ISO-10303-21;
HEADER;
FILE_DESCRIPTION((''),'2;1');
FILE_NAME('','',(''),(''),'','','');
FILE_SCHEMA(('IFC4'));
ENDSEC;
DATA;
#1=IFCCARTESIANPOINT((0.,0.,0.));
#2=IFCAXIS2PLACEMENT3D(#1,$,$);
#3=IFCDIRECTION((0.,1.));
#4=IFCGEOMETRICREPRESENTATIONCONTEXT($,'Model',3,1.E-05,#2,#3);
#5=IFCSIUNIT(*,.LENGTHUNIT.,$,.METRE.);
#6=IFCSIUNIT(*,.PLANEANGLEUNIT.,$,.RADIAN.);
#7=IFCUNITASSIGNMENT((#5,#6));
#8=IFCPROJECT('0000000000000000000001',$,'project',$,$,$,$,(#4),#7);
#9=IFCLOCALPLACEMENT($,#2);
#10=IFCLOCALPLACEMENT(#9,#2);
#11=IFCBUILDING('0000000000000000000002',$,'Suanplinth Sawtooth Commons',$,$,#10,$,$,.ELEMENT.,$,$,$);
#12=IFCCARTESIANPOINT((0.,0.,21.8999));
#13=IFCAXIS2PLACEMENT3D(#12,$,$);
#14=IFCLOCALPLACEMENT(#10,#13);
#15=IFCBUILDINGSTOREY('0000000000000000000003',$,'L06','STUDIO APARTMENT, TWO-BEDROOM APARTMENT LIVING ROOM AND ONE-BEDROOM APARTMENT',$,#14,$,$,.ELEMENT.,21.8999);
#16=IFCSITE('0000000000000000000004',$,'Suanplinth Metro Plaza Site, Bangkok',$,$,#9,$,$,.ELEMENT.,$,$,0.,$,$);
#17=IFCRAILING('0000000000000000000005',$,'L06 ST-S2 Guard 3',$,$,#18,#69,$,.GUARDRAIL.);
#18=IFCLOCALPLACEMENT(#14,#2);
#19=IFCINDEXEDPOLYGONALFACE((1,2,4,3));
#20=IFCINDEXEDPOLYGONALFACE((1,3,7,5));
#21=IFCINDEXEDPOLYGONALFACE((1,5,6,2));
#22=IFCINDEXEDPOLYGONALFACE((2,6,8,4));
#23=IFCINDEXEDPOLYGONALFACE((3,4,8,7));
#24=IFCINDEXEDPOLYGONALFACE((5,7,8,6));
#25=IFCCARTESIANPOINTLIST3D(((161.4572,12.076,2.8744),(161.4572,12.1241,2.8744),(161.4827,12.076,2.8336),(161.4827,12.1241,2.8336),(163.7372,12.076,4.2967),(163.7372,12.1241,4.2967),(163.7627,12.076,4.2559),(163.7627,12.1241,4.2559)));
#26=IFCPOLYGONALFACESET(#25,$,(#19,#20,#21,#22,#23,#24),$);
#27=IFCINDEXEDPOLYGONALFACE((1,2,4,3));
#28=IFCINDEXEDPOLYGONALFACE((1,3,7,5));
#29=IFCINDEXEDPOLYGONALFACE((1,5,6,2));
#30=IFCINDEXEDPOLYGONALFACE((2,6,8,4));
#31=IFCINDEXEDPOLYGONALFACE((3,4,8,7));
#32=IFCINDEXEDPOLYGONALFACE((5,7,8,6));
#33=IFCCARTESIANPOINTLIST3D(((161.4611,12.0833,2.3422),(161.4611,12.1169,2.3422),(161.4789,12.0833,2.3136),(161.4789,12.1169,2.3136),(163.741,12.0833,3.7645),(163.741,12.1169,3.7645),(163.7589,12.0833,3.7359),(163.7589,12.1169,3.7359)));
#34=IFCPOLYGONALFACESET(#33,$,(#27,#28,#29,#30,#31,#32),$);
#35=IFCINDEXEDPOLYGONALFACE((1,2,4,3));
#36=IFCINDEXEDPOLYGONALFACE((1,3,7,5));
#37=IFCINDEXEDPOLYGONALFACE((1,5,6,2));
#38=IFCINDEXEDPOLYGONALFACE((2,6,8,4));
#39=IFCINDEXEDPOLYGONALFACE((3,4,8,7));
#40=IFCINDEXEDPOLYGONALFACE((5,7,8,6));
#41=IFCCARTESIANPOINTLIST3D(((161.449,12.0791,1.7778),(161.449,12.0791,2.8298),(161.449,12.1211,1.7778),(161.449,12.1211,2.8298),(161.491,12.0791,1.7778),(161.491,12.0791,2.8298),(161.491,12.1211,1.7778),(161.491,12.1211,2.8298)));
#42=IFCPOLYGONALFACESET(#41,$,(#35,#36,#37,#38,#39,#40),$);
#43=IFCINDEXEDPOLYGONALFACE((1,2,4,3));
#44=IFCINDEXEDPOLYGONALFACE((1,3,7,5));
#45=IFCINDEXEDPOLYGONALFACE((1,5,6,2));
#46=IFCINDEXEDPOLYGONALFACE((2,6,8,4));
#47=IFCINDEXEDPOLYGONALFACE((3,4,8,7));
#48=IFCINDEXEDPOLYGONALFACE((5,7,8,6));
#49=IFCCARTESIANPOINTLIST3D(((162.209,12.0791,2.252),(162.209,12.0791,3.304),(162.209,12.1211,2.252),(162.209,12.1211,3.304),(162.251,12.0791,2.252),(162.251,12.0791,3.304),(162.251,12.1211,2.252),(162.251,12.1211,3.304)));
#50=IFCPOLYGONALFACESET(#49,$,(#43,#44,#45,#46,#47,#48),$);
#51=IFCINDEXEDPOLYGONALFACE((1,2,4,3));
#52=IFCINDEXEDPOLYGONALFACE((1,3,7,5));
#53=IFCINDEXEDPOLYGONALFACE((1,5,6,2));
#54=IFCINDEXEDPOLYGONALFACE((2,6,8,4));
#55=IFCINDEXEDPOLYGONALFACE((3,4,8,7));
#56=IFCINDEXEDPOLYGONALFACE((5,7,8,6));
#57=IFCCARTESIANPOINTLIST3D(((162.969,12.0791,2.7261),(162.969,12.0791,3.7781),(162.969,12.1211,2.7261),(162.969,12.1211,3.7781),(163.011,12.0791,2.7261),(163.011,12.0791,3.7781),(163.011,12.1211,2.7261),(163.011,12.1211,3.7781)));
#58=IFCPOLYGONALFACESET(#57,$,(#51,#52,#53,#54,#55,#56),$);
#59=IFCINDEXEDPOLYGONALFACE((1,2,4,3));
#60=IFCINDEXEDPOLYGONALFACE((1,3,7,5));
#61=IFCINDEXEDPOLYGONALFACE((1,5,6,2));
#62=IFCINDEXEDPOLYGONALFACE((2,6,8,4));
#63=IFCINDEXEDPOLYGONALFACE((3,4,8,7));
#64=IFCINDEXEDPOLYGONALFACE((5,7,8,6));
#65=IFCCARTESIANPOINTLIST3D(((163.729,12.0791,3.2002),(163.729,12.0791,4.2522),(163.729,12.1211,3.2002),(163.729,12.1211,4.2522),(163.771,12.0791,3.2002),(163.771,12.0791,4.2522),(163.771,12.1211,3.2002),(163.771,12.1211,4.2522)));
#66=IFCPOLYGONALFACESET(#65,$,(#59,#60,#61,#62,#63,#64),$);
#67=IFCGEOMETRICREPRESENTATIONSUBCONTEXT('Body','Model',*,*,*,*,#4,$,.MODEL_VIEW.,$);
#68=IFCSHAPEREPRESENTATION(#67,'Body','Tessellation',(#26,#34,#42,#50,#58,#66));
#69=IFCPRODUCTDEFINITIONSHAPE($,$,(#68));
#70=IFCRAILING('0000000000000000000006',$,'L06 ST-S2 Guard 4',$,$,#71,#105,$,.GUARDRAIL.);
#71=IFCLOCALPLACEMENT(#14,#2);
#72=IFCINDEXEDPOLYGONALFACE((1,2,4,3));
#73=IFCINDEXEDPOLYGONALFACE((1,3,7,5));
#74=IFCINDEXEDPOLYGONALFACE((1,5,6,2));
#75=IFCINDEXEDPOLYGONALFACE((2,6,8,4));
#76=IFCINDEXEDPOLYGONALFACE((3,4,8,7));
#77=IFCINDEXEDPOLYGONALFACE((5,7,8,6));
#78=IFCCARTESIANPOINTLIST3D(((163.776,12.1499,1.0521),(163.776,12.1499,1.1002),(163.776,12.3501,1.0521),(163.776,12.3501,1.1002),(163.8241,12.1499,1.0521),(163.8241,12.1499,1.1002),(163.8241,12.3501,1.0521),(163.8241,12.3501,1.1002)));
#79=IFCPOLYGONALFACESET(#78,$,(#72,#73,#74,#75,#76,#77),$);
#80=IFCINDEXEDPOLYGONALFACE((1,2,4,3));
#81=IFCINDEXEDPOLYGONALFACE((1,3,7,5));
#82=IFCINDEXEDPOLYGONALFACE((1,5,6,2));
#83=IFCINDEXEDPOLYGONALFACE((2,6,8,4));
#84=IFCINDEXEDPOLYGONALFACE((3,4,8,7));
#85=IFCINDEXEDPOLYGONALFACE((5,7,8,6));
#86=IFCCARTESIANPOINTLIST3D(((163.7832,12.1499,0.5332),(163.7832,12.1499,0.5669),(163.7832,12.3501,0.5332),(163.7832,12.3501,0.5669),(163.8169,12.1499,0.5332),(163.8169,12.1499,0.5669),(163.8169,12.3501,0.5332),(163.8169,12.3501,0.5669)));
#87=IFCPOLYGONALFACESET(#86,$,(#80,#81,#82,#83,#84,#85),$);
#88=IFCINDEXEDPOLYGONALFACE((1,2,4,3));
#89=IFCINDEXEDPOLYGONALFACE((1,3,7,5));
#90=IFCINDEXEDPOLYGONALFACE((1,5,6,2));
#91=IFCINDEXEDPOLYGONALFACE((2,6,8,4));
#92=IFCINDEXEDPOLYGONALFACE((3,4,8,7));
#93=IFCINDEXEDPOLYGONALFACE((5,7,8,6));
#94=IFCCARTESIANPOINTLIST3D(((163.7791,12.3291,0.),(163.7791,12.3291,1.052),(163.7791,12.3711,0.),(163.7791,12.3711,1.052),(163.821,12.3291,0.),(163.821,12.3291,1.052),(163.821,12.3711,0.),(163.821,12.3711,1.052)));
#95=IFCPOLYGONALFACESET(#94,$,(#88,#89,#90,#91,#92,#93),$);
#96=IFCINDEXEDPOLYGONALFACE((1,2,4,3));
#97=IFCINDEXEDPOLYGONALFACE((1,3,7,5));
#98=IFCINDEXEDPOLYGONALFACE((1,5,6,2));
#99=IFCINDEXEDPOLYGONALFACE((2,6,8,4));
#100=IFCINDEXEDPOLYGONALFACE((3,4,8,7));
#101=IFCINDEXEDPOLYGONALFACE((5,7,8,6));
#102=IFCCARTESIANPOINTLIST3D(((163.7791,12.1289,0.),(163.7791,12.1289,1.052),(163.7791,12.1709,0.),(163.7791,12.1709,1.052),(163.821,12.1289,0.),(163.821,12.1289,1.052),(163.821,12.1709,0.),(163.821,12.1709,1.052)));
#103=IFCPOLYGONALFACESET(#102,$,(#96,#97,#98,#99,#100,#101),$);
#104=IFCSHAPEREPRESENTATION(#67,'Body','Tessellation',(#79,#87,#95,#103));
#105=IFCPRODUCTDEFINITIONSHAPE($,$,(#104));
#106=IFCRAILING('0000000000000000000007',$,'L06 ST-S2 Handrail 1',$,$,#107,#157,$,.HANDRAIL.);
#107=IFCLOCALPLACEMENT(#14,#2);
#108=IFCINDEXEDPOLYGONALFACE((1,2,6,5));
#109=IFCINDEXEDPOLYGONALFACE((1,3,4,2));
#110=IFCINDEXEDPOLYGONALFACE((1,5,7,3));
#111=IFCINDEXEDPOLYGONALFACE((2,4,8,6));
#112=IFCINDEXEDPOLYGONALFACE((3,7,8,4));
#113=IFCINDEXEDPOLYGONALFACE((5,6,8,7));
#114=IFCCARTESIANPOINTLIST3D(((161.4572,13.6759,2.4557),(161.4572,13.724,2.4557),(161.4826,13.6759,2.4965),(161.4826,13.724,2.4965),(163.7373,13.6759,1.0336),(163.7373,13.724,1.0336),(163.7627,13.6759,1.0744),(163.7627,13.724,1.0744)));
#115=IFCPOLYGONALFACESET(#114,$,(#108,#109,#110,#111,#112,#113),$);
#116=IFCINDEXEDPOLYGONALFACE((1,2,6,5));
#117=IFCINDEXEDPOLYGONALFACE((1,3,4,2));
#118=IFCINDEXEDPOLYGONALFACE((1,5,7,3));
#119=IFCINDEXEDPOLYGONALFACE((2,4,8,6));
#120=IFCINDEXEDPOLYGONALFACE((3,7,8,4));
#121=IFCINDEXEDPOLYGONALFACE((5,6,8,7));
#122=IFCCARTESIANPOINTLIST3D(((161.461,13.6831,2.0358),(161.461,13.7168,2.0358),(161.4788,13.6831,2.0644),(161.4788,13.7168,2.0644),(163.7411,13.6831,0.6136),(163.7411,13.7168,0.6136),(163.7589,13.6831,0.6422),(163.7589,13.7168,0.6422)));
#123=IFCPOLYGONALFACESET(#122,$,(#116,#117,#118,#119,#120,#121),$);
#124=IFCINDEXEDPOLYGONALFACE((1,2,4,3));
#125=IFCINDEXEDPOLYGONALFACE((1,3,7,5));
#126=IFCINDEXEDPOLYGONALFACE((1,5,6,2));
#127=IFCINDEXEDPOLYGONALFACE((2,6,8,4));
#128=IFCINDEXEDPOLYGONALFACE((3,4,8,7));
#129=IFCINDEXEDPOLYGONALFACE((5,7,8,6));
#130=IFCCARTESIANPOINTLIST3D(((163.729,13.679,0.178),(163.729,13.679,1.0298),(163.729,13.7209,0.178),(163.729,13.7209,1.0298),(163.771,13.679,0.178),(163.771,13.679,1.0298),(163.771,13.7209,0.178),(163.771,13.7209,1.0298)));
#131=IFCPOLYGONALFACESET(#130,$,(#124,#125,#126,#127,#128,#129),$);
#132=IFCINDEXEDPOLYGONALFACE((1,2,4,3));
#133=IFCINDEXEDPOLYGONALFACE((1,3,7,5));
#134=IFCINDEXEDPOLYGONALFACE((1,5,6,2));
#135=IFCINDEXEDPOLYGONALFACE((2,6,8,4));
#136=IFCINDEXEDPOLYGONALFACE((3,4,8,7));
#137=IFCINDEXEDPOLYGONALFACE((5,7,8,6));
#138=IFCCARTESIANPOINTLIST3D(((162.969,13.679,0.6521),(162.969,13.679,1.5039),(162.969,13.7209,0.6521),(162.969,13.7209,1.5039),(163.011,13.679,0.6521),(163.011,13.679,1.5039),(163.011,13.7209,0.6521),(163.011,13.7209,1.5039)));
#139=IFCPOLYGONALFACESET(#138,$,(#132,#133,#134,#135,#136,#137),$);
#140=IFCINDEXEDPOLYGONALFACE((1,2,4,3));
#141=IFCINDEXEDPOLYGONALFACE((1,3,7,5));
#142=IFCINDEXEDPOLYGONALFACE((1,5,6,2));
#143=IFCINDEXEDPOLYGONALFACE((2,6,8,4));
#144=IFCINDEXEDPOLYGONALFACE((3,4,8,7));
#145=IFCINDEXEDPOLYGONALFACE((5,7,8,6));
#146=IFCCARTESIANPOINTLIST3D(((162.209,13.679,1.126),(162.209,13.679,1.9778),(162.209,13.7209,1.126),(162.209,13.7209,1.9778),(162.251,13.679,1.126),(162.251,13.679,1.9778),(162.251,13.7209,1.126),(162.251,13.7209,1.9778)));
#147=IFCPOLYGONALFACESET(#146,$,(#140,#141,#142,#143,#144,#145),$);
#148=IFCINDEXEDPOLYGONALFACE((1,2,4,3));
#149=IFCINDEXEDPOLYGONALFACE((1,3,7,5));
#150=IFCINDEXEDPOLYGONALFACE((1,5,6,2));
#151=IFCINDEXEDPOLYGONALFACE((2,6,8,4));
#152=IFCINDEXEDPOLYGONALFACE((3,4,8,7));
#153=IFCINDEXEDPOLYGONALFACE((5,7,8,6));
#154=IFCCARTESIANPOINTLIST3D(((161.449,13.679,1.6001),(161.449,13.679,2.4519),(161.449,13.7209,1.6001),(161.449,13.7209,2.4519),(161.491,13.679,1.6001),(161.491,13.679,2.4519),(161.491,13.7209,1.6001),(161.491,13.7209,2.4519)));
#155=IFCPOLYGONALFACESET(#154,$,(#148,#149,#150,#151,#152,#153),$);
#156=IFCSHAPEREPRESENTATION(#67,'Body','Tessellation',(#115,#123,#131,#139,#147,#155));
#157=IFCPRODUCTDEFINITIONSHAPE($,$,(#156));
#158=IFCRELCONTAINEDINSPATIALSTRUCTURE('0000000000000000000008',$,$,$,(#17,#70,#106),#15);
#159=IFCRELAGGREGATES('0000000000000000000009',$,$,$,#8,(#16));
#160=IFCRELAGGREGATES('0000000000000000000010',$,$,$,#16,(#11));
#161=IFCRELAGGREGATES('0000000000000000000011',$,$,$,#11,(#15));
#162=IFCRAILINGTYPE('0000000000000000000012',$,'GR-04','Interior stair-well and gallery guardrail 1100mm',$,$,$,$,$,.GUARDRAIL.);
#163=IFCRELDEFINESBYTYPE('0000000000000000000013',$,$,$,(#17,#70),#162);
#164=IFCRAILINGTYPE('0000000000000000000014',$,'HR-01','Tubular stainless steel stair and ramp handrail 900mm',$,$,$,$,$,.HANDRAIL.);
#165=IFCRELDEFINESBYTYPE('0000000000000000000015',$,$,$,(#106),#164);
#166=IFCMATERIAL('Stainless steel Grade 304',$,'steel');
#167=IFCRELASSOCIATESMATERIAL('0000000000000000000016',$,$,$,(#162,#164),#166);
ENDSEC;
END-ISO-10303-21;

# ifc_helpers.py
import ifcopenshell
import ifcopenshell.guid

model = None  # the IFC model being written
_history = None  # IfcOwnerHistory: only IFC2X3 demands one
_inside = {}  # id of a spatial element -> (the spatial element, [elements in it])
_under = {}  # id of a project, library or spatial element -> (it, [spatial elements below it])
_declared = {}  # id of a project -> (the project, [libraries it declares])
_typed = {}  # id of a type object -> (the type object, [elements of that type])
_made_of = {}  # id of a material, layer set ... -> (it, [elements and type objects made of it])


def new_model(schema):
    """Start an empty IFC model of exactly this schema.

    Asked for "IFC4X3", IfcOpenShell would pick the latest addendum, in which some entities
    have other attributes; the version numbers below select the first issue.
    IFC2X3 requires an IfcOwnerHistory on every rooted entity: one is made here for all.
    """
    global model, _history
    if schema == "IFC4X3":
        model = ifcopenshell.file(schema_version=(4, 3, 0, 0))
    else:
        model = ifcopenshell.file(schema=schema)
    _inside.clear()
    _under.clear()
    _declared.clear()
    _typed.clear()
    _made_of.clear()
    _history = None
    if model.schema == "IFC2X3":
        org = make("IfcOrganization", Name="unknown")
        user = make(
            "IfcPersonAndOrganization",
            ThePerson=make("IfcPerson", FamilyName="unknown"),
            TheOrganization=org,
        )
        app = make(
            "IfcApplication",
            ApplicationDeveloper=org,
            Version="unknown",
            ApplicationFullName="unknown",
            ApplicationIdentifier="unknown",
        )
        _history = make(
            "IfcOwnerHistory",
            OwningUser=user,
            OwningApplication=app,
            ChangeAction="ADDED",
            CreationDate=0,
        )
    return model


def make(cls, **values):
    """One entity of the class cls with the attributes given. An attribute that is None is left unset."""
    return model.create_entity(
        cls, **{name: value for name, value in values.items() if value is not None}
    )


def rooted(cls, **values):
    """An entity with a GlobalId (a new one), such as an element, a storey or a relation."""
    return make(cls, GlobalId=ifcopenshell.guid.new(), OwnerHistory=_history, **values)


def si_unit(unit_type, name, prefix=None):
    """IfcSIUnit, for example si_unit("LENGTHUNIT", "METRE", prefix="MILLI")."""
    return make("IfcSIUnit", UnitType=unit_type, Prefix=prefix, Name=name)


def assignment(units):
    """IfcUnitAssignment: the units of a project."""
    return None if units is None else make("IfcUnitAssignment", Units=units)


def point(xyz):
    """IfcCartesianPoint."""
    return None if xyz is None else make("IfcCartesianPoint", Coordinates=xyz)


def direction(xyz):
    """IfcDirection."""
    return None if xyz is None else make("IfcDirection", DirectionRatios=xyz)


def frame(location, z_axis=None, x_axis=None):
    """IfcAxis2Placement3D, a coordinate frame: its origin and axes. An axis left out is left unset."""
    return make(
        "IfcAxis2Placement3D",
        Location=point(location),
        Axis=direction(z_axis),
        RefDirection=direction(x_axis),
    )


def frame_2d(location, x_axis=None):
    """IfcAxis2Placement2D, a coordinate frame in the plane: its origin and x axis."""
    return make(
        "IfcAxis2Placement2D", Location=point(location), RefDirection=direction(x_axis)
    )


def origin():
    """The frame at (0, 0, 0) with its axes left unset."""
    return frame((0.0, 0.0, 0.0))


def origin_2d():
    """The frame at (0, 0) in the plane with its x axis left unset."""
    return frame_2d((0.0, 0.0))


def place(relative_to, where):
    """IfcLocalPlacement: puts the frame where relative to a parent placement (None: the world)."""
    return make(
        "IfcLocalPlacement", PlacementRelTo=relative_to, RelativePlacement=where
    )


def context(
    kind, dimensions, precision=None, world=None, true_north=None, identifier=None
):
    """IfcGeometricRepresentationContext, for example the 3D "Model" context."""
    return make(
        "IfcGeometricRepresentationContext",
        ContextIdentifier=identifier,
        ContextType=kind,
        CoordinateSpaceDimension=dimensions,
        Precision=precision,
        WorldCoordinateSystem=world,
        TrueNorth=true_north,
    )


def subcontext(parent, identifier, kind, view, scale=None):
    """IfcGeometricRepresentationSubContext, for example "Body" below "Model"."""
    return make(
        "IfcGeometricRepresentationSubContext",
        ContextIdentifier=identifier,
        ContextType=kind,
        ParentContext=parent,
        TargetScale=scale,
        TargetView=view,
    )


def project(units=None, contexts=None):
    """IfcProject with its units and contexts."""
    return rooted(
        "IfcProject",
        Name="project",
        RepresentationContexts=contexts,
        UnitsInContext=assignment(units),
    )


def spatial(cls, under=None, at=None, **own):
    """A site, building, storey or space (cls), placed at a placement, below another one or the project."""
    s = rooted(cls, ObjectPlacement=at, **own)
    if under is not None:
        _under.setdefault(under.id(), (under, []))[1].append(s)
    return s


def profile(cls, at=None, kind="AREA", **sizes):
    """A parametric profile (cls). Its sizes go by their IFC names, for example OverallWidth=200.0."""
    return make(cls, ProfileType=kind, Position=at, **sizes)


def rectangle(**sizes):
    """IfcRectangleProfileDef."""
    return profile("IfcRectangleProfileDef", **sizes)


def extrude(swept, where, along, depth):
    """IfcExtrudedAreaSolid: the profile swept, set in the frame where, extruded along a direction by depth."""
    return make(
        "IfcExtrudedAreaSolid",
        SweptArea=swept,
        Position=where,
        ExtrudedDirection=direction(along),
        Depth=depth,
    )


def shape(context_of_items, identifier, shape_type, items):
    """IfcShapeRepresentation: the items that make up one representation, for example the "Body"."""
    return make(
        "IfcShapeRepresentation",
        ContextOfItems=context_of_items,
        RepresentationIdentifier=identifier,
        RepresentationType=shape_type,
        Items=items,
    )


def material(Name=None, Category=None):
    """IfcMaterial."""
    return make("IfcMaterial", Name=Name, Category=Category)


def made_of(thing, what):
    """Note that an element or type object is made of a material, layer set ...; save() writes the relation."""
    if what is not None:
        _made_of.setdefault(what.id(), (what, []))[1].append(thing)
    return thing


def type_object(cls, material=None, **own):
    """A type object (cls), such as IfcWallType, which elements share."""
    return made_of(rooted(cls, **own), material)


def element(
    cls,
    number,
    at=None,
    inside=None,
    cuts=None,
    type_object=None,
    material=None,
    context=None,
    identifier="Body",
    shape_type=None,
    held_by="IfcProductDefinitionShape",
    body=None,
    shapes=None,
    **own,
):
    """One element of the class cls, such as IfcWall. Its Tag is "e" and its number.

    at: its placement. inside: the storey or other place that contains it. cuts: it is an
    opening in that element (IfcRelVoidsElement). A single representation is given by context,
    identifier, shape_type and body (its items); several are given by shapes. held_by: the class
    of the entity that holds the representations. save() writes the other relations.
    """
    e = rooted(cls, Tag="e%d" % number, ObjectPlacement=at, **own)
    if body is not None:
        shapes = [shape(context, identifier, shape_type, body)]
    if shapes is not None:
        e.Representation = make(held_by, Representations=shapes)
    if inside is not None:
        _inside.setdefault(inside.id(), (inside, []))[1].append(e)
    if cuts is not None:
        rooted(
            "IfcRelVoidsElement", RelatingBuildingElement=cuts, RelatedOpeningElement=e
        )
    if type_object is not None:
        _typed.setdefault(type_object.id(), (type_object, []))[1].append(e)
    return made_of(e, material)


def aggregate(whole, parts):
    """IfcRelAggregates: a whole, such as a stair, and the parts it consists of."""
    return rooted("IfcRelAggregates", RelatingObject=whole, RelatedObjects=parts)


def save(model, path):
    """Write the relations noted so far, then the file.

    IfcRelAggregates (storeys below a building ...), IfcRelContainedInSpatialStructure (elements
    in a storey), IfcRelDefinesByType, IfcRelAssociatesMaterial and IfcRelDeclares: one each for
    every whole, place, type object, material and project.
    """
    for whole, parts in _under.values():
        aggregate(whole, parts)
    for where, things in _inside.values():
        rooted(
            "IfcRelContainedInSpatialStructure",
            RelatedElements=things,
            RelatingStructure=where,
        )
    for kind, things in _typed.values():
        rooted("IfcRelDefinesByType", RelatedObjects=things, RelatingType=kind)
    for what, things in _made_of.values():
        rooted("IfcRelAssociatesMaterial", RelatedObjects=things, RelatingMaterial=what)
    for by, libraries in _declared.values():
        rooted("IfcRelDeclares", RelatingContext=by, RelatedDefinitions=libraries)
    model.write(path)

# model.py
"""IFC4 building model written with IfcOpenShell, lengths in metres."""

from ifc_helpers import new_model, si_unit, direction, frame, origin, origin_2d, place, context, subcontext, project, spatial, rectangle, extrude, material, type_object, element, save


model = new_model("IFC4")

# Units and contexts
model_context = context("Model", 3, precision=1e-05, world=origin(), true_north=direction((0.0, 1.0)))
body_context = subcontext(model_context, "Body", "Model", "MODEL_VIEW")
ifc_project = project(units=[si_unit("LENGTHUNIT", "METRE"), si_unit("PLANEANGLEUNIT", "RADIAN")], contexts=[model_context])

# Site, building, storey
site_placement = place(None, origin())
site = spatial("IfcSite", under=ifc_project, at=site_placement, Name="Suanplinth Metro Plaza Site, Bangkok", CompositionType="ELEMENT", RefElevation=0.0)
building_placement = place(site_placement, origin())
building = spatial("IfcBuilding", under=site, at=building_placement, Name="Suanplinth Sawtooth Commons", CompositionType="ELEMENT")
storey_placement = place(building_placement, frame((0.0, 0.0, 21.8999)))
storey = spatial("IfcBuildingStorey", under=building, at=storey_placement, Name="L06", Description="STUDIO APARTMENT, TWO-BEDROOM APARTMENT LIVING ROOM AND ONE-BEDROOM APARTMENT", CompositionType="ELEMENT", Elevation=21.8999)

# Railings
ifc_material_1 = material(Name="Stainless steel Grade 304", Category="steel")
railing_type_1 = type_object("IfcRailingType", Name="GR-04", Description="Interior stair-well and gallery guardrail 1100mm", PredefinedType="GUARDRAIL", material=ifc_material_1)
railing_1_placement = place(storey_placement, frame((161.47, 12.1001, 1.7778)))
element("IfcRailing", 1, at=railing_1_placement, inside=storey, type_object=railing_type_1, Name="L06 ST-S2 Guard 3", PredefinedType="GUARDRAIL", context=body_context, shape_type="SweptSolid", body=[
    extrude(rectangle(XDim=0.0481, YDim=0.0481, at=origin_2d()), frame((0.0, 0.0, 1.0762), z_axis=(0.848442, 0.0, 0.529288), x_axis=(0.0, 1.0, 0.0)), (0.0, 0.0, 1.0), 2.6873),
    extrude(rectangle(XDim=0.0337, YDim=0.0337, at=origin_2d()), frame((0.0, 0.0, 0.55), z_axis=(0.848442, 0.0, 0.529288), x_axis=(0.0, 1.0, 0.0)), (0.0, 0.0, 1.0), 2.6873),
    extrude(rectangle(XDim=0.042, YDim=0.042, at=origin_2d()), origin(), (0.0, 0.0, 1.0), 1.052),
    extrude(rectangle(XDim=0.042, YDim=0.042, at=origin_2d()), frame((0.76, 0.0, 0.4741)), (0.0, 0.0, 1.0), 1.052),
    extrude(rectangle(XDim=0.042, YDim=0.042, at=origin_2d()), frame((1.52, 0.0, 0.9482)), (0.0, 0.0, 1.0), 1.052),
    extrude(rectangle(XDim=0.042, YDim=0.042, at=origin_2d()), frame((2.28, 0.0, 1.4224)), (0.0, 0.0, 1.0), 1.052),
])
railing_2_placement = place(storey_placement, frame((163.8, 12.3501, 0.0)))
element("IfcRailing", 2, at=railing_2_placement, inside=storey, type_object=railing_type_1, Name="L06 ST-S2 Guard 4", PredefinedType="GUARDRAIL", context=body_context, shape_type="SweptSolid", body=[
    extrude(rectangle(XDim=0.0481, YDim=0.0481, at=origin_2d()), frame((0.0, 0.0, 1.0762), z_axis=(0.0, -1.0, 0.0), x_axis=(1.0, 0.0, 0.0)), (0.0, 0.0, 1.0), 0.2002),
    extrude(rectangle(XDim=0.0337, YDim=0.0337, at=origin_2d()), frame((0.0, 0.0, 0.55), z_axis=(0.0, -1.0, 0.0), x_axis=(1.0, 0.0, 0.0)), (0.0, 0.0, 1.0), 0.2002),
    extrude(rectangle(XDim=0.042, YDim=0.042, at=origin_2d()), origin(), (0.0, 0.0, 1.0), 1.052),
    extrude(rectangle(XDim=0.042, YDim=0.042, at=origin_2d()), frame((0.0, -0.2002, 0.0)), (0.0, 0.0, 1.0), 1.052),
])
railing_type_2 = type_object("IfcRailingType", Name="HR-01", Description="Tubular stainless steel stair and ramp handrail 900mm", PredefinedType="HANDRAIL", material=ifc_material_1)
railing_3_placement = place(storey_placement, frame((163.75, 13.7, 0.178)))
element("IfcRailing", 3, at=railing_3_placement, inside=storey, type_object=railing_type_2, Name="L06 ST-S2 Handrail 1", PredefinedType="HANDRAIL", context=body_context, shape_type="SweptSolid", body=[
    extrude(rectangle(XDim=0.0481, YDim=0.0481, at=origin_2d()), frame((0.0, 0.0, 0.876), z_axis=(-0.848483, 0.0, 0.529223), x_axis=(0.0, -1.0, 0.0)), (0.0, 0.0, 1.0), 2.6873),
    extrude(rectangle(XDim=0.0337, YDim=0.0337, at=origin_2d()), frame((0.0, 0.0, 0.45), z_axis=(-0.848483, 0.0, 0.529223), x_axis=(0.0, -1.0, 0.0)), (0.0, 0.0, 1.0), 2.6873),
    extrude(rectangle(XDim=0.042, YDim=0.042, at=origin_2d()), origin(), (0.0, 0.0, 1.0), 0.8518),
    extrude(rectangle(XDim=0.042, YDim=0.042, at=origin_2d()), frame((-0.76, 0.0, 0.4741)), (0.0, 0.0, 1.0), 0.8518),
    extrude(rectangle(XDim=0.042, YDim=0.042, at=origin_2d()), frame((-1.52, 0.0, 0.948)), (0.0, 0.0, 1.0), 0.8518),
    extrude(rectangle(XDim=0.042, YDim=0.042, at=origin_2d()), frame((-2.28, 0.0, 1.4221)), (0.0, 0.0, 1.0), 0.8518),
])

save(model, "model.ifc")
